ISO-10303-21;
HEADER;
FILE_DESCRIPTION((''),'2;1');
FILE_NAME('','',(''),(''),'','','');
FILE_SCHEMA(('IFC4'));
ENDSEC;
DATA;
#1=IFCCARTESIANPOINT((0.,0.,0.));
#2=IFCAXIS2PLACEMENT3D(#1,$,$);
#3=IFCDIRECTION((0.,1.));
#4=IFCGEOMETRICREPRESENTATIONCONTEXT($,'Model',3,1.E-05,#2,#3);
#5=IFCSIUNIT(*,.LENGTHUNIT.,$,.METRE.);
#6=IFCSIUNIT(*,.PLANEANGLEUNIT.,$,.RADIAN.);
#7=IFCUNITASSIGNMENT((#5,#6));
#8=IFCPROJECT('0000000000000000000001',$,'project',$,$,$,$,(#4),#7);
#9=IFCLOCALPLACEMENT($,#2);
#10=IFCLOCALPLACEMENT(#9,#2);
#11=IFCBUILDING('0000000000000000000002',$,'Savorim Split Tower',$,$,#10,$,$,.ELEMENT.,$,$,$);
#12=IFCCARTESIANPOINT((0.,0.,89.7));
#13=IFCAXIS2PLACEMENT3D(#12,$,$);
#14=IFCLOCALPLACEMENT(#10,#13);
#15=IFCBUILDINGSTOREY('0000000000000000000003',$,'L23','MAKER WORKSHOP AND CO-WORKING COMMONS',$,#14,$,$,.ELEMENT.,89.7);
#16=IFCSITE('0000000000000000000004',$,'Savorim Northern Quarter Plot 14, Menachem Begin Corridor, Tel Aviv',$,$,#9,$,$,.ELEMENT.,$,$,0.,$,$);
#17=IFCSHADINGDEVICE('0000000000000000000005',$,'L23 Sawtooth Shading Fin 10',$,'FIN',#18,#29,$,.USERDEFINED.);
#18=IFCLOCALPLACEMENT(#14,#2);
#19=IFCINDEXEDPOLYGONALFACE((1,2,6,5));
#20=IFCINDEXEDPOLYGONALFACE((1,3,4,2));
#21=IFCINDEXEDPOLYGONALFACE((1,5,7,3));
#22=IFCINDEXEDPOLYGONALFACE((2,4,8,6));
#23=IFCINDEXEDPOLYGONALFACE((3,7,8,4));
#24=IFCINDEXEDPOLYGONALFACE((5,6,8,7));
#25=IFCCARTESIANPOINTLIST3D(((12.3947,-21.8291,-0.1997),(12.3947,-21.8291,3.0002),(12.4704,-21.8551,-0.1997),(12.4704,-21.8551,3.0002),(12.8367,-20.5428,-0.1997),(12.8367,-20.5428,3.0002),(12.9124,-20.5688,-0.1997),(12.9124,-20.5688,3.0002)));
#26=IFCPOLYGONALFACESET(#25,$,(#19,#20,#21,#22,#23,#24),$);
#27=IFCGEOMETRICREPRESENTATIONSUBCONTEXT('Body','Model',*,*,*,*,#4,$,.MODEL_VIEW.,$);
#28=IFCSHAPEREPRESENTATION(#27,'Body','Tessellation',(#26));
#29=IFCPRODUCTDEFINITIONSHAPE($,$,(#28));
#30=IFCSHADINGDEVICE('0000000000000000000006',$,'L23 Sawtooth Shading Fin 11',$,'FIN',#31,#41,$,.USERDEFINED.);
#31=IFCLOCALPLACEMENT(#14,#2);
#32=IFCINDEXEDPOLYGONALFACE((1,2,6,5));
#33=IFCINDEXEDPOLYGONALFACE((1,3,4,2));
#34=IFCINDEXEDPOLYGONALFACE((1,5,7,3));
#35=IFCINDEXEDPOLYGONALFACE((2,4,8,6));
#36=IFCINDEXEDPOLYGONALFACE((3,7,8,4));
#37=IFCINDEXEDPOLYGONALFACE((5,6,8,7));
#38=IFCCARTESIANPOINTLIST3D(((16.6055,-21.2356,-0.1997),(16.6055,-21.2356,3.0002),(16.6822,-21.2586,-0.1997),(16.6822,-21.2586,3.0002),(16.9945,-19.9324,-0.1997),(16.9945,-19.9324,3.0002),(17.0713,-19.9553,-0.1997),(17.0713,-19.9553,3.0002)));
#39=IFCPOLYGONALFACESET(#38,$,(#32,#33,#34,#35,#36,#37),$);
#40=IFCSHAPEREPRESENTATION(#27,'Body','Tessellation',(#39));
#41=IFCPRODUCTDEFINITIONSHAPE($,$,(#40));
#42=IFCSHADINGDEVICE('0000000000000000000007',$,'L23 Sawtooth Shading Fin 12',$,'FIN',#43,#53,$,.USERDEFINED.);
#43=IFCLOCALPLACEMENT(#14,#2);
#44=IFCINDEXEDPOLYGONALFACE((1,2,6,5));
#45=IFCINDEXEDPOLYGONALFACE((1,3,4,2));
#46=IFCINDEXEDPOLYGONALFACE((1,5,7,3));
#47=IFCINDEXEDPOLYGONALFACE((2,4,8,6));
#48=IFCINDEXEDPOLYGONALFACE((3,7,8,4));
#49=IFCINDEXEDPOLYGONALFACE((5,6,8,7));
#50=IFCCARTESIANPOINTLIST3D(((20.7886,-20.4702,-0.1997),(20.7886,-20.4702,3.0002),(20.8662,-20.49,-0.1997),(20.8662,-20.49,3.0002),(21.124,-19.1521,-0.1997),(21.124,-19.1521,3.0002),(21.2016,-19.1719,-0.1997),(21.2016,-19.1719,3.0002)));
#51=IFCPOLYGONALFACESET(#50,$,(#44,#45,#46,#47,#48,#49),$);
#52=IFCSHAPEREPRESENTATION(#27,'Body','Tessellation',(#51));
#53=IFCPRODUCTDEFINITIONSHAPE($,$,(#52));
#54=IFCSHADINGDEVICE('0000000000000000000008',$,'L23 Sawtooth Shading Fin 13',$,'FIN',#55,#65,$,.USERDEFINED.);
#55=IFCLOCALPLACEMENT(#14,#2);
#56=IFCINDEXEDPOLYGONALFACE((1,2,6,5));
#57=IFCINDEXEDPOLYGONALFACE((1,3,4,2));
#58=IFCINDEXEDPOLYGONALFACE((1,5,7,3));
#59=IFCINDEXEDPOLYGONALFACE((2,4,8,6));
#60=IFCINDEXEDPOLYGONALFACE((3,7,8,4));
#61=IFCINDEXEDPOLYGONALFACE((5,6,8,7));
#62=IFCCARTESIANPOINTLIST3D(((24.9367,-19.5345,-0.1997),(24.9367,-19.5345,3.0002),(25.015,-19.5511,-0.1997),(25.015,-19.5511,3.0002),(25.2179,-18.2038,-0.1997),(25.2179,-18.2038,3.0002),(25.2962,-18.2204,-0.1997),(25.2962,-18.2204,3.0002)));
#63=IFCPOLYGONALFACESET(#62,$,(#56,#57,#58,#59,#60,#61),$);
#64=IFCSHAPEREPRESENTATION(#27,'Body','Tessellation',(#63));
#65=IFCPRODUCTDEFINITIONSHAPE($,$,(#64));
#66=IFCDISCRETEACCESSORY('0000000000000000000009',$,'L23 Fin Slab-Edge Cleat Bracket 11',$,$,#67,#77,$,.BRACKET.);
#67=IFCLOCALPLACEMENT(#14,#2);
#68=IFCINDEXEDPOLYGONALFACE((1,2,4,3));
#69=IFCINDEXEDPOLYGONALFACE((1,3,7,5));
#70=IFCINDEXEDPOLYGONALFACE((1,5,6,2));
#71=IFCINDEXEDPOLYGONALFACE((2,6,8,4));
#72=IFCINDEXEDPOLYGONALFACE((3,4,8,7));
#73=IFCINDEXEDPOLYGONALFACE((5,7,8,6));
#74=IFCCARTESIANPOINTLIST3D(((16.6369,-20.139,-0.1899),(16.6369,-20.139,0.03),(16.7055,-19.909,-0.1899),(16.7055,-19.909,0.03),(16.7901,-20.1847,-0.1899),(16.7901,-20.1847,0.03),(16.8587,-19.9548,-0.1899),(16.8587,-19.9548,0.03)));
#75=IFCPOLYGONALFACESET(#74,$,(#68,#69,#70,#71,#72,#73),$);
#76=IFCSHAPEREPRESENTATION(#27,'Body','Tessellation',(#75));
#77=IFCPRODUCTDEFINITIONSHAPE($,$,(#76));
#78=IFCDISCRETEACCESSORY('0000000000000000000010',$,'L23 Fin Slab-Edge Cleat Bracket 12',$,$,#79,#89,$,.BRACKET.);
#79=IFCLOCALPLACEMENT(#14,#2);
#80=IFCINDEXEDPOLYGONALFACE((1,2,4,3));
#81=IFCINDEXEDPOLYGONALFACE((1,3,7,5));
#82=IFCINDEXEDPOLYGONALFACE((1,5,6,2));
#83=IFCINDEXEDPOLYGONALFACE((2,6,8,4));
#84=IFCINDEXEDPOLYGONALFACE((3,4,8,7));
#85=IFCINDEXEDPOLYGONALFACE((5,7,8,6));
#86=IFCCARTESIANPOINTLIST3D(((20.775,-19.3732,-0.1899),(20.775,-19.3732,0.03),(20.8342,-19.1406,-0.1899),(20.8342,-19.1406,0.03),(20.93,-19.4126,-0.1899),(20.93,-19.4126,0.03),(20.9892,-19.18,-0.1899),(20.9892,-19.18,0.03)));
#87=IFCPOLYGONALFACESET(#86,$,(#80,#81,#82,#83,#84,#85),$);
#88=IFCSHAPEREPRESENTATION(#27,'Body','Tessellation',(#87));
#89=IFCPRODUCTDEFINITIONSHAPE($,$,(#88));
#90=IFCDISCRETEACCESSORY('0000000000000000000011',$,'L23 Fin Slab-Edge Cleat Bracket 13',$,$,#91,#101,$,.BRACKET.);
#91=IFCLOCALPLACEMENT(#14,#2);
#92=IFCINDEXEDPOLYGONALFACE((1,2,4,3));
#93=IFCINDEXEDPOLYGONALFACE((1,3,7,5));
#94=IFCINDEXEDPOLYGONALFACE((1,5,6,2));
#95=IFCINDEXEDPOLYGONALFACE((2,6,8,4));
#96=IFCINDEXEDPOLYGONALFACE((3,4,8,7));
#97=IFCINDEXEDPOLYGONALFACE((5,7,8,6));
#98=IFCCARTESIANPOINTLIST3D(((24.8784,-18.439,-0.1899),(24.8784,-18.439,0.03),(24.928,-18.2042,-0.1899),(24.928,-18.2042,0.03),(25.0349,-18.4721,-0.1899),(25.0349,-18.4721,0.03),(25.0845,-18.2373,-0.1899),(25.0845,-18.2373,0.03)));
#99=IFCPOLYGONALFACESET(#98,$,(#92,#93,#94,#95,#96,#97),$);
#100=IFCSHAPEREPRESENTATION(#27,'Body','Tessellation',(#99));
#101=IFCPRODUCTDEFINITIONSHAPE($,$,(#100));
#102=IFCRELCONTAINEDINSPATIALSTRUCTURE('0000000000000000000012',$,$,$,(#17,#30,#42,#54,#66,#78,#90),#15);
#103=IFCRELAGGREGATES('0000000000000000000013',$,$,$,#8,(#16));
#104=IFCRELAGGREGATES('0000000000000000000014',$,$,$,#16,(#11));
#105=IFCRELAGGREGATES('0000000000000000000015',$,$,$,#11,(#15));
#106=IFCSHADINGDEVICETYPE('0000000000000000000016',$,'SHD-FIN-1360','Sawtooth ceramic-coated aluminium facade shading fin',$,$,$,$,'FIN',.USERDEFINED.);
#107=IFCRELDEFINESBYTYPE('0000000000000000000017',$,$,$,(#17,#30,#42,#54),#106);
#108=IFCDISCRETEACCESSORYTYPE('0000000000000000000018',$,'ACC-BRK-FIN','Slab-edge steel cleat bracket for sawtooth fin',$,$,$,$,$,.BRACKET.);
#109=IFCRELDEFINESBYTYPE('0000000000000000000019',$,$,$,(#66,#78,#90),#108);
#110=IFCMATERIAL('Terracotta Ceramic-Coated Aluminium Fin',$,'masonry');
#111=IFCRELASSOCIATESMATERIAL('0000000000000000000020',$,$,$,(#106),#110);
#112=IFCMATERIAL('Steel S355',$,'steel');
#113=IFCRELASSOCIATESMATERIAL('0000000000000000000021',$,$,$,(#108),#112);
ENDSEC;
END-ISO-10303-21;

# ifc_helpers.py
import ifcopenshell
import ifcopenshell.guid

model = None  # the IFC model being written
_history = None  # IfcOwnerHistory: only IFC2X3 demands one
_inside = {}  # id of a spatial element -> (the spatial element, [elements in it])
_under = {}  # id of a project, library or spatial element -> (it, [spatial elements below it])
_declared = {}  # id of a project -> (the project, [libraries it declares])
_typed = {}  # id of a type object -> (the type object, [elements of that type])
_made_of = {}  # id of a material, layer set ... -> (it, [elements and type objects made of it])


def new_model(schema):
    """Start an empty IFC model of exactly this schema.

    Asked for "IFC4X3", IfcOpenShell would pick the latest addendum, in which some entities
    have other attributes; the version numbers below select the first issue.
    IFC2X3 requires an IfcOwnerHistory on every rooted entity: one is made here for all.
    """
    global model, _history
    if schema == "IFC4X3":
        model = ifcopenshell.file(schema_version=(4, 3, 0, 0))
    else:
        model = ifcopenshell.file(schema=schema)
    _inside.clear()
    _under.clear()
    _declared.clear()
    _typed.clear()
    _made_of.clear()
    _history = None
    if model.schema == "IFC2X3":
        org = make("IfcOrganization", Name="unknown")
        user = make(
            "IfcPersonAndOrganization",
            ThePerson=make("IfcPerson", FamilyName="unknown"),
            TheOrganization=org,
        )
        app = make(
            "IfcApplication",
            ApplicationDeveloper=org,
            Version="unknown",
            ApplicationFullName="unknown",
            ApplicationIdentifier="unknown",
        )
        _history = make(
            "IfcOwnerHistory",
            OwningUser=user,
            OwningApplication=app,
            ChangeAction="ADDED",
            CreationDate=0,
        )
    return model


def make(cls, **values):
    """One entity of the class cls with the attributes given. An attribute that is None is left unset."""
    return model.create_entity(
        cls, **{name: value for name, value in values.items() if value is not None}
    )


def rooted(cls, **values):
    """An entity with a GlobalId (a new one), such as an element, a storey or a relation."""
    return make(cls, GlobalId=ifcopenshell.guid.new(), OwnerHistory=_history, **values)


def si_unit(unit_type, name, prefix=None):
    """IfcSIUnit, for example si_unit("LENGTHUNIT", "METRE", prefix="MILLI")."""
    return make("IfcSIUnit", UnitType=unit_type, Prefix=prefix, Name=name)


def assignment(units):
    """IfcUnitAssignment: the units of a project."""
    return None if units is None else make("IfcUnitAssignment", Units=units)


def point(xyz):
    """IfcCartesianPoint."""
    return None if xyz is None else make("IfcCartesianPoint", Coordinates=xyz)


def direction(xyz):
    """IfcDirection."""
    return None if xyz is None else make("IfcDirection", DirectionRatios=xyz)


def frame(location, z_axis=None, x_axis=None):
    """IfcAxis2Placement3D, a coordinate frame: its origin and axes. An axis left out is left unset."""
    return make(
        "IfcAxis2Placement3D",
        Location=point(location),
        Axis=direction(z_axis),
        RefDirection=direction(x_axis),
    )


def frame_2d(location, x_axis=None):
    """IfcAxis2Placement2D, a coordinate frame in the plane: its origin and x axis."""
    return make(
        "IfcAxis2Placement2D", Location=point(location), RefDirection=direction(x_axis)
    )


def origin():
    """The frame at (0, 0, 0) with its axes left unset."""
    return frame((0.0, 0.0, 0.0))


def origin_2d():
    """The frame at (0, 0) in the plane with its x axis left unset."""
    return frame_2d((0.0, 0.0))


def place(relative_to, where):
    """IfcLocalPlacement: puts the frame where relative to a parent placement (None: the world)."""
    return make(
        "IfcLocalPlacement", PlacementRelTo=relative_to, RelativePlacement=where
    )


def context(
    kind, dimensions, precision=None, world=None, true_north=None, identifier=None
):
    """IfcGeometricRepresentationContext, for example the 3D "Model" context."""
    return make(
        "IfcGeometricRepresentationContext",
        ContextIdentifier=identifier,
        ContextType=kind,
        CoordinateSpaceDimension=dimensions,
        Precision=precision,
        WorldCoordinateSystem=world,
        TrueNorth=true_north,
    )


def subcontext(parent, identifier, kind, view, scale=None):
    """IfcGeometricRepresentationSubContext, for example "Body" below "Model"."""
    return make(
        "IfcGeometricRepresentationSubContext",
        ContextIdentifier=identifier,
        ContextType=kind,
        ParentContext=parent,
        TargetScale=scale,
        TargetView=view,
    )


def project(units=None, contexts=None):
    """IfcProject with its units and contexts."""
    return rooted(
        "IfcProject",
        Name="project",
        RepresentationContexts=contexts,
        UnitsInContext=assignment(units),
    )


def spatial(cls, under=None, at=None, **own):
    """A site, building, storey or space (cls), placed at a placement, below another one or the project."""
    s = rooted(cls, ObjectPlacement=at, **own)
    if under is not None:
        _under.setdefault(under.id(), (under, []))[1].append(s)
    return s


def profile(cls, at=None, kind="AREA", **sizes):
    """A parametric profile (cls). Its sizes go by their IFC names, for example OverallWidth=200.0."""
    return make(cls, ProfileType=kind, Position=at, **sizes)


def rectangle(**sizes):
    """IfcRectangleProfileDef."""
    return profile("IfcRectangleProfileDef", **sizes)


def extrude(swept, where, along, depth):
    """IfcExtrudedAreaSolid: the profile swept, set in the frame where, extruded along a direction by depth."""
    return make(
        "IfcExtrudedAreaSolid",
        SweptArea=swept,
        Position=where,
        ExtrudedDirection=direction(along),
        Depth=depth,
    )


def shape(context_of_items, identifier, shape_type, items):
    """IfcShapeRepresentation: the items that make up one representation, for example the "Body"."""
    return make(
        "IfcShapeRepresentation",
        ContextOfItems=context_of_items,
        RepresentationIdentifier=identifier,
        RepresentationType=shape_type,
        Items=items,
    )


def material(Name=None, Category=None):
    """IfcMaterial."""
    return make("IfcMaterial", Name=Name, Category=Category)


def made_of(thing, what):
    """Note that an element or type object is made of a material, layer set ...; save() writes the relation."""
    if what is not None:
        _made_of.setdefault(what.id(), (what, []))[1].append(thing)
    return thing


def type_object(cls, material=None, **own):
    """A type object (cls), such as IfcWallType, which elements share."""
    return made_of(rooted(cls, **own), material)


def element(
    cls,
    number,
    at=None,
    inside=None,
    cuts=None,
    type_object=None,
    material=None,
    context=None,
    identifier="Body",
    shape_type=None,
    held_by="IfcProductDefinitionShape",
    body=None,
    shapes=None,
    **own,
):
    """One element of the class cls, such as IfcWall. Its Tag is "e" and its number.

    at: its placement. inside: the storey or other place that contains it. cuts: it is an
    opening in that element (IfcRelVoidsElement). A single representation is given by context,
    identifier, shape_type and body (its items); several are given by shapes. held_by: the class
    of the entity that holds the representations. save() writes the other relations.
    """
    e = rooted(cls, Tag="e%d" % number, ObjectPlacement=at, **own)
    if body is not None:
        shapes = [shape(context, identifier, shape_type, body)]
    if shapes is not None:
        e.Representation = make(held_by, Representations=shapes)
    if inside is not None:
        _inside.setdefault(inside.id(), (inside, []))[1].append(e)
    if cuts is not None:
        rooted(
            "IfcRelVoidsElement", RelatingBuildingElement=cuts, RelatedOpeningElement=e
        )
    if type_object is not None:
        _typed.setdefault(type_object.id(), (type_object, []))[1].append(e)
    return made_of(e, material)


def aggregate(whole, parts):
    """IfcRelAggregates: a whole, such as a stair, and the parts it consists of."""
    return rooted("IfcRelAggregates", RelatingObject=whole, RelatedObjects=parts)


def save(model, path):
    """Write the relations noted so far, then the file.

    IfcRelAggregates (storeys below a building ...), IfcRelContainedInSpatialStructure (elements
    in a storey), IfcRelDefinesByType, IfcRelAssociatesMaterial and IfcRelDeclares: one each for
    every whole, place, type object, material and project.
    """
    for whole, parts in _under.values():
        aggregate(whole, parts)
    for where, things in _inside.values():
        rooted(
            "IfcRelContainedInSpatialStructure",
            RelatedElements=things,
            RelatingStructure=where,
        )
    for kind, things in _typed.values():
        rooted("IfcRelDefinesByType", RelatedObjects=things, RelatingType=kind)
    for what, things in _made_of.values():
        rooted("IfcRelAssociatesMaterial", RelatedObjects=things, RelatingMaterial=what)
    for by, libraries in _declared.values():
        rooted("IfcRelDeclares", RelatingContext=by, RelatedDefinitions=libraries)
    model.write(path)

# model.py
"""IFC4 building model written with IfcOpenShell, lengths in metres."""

from ifc_helpers import new_model, si_unit, direction, frame, origin, origin_2d, place, context, subcontext, project, spatial, rectangle, extrude, material, type_object, element, save


model = new_model("IFC4")

# Units and contexts
model_context = context("Model", 3, precision=1e-05, world=origin(), true_north=direction((0.0, 1.0)))
body_context = subcontext(model_context, "Body", "Model", "MODEL_VIEW")
ifc_project = project(units=[si_unit("LENGTHUNIT", "METRE"), si_unit("PLANEANGLEUNIT", "RADIAN")], contexts=[model_context])

# Site, building, storey
site_placement = place(None, origin())
site = spatial("IfcSite", under=ifc_project, at=site_placement, Name="Savorim Northern Quarter Plot 14, Menachem Begin Corridor, Tel Aviv", CompositionType="ELEMENT", RefElevation=0.0)
building_placement = place(site_placement, origin())
building = spatial("IfcBuilding", under=site, at=building_placement, Name="Savorim Split Tower", CompositionType="ELEMENT")
storey_placement = place(building_placement, frame((0.0, 0.0, 89.7)))
storey = spatial("IfcBuildingStorey", under=building, at=storey_placement, Name="L23", Description="MAKER WORKSHOP AND CO-WORKING COMMONS", CompositionType="ELEMENT", Elevation=89.7)

# Shared definitions
ifc_material_1 = material(Name="Steel S355", Category="steel")

# Shading devices
ifc_material_2 = material(Name="Terracotta Ceramic-Coated Aluminium Fin", Category="masonry")
shading_device_type = type_object("IfcShadingDeviceType", Name="SHD-FIN-1360", Description="Sawtooth ceramic-coated aluminium facade shading fin", ElementType="FIN", PredefinedType="USERDEFINED", material=ifc_material_2)
for number, where, z_axis, x_axis, name in (
    (1, (12.6536, -21.199, -0.1997), (0.0, 0.0, 1.0), (-0.324994, -0.945716, 0.0), "L23 Sawtooth Shading Fin 10"),
    (2, (16.8384, -20.5955, -0.1997), (0.0, 0.0, 1.0), (-0.286026, -0.958222, 0.0), "L23 Sawtooth Shading Fin 11"),
    (3, (20.9951, -19.821, -0.1997), (0.0, 0.0, 1.0), (-0.246581, -0.969122, 0.0), "L23 Sawtooth Shading Fin 12"),
    (4, (25.1165, -18.8774, -0.1997), (0.0, 0.0, 1.0), (-0.206722, -0.9784, 0.0), "L23 Sawtooth Shading Fin 13"),
):
    element("IfcShadingDevice", number, at=place(storey_placement, frame(where, z_axis=z_axis, x_axis=x_axis)), inside=storey, type_object=shading_device_type, Name=name, ObjectType="FIN", PredefinedType="USERDEFINED", context=body_context, shape_type="SweptSolid", body=[
        extrude(rectangle(XDim=1.3601, YDim=0.0801, at=origin_2d()), origin(), (0.0, 0.0, 1.0), 3.2),
    ])

# Discrete accessories
discrete_accessory_type = type_object("IfcDiscreteAccessoryType", Name="ACC-BRK-FIN", Description="Slab-edge steel cleat bracket for sawtooth fin", PredefinedType="BRACKET", material=ifc_material_1)
for number, where, z_axis, x_axis, name in (
    (5, (16.7478, -20.0469, -0.1899), (0.0, 0.0, 1.0), (-0.286026, -0.958222, 0.0), "L23 Fin Slab-Edge Cleat Bracket 11"),
    (6, (20.8821, -19.2766, -0.1899), (0.0, 0.0, 1.0), (-0.246581, -0.969122, 0.0), "L23 Fin Slab-Edge Cleat Bracket 12"),
    (7, (24.9814, -18.3381, -0.1899), (0.0, 0.0, 1.0), (-0.206722, -0.9784, 0.0), "L23 Fin Slab-Edge Cleat Bracket 13"),
):
    element("IfcDiscreteAccessory", number, at=place(storey_placement, frame(where, z_axis=z_axis, x_axis=x_axis)), inside=storey, type_object=discrete_accessory_type, Name=name, PredefinedType="BRACKET", context=body_context, shape_type="SweptSolid", body=[
        extrude(rectangle(XDim=0.24, YDim=0.1599, at=origin_2d()), origin(), (0.0, 0.0, 1.0), 0.22),
    ])

save(model, "model.ifc")
